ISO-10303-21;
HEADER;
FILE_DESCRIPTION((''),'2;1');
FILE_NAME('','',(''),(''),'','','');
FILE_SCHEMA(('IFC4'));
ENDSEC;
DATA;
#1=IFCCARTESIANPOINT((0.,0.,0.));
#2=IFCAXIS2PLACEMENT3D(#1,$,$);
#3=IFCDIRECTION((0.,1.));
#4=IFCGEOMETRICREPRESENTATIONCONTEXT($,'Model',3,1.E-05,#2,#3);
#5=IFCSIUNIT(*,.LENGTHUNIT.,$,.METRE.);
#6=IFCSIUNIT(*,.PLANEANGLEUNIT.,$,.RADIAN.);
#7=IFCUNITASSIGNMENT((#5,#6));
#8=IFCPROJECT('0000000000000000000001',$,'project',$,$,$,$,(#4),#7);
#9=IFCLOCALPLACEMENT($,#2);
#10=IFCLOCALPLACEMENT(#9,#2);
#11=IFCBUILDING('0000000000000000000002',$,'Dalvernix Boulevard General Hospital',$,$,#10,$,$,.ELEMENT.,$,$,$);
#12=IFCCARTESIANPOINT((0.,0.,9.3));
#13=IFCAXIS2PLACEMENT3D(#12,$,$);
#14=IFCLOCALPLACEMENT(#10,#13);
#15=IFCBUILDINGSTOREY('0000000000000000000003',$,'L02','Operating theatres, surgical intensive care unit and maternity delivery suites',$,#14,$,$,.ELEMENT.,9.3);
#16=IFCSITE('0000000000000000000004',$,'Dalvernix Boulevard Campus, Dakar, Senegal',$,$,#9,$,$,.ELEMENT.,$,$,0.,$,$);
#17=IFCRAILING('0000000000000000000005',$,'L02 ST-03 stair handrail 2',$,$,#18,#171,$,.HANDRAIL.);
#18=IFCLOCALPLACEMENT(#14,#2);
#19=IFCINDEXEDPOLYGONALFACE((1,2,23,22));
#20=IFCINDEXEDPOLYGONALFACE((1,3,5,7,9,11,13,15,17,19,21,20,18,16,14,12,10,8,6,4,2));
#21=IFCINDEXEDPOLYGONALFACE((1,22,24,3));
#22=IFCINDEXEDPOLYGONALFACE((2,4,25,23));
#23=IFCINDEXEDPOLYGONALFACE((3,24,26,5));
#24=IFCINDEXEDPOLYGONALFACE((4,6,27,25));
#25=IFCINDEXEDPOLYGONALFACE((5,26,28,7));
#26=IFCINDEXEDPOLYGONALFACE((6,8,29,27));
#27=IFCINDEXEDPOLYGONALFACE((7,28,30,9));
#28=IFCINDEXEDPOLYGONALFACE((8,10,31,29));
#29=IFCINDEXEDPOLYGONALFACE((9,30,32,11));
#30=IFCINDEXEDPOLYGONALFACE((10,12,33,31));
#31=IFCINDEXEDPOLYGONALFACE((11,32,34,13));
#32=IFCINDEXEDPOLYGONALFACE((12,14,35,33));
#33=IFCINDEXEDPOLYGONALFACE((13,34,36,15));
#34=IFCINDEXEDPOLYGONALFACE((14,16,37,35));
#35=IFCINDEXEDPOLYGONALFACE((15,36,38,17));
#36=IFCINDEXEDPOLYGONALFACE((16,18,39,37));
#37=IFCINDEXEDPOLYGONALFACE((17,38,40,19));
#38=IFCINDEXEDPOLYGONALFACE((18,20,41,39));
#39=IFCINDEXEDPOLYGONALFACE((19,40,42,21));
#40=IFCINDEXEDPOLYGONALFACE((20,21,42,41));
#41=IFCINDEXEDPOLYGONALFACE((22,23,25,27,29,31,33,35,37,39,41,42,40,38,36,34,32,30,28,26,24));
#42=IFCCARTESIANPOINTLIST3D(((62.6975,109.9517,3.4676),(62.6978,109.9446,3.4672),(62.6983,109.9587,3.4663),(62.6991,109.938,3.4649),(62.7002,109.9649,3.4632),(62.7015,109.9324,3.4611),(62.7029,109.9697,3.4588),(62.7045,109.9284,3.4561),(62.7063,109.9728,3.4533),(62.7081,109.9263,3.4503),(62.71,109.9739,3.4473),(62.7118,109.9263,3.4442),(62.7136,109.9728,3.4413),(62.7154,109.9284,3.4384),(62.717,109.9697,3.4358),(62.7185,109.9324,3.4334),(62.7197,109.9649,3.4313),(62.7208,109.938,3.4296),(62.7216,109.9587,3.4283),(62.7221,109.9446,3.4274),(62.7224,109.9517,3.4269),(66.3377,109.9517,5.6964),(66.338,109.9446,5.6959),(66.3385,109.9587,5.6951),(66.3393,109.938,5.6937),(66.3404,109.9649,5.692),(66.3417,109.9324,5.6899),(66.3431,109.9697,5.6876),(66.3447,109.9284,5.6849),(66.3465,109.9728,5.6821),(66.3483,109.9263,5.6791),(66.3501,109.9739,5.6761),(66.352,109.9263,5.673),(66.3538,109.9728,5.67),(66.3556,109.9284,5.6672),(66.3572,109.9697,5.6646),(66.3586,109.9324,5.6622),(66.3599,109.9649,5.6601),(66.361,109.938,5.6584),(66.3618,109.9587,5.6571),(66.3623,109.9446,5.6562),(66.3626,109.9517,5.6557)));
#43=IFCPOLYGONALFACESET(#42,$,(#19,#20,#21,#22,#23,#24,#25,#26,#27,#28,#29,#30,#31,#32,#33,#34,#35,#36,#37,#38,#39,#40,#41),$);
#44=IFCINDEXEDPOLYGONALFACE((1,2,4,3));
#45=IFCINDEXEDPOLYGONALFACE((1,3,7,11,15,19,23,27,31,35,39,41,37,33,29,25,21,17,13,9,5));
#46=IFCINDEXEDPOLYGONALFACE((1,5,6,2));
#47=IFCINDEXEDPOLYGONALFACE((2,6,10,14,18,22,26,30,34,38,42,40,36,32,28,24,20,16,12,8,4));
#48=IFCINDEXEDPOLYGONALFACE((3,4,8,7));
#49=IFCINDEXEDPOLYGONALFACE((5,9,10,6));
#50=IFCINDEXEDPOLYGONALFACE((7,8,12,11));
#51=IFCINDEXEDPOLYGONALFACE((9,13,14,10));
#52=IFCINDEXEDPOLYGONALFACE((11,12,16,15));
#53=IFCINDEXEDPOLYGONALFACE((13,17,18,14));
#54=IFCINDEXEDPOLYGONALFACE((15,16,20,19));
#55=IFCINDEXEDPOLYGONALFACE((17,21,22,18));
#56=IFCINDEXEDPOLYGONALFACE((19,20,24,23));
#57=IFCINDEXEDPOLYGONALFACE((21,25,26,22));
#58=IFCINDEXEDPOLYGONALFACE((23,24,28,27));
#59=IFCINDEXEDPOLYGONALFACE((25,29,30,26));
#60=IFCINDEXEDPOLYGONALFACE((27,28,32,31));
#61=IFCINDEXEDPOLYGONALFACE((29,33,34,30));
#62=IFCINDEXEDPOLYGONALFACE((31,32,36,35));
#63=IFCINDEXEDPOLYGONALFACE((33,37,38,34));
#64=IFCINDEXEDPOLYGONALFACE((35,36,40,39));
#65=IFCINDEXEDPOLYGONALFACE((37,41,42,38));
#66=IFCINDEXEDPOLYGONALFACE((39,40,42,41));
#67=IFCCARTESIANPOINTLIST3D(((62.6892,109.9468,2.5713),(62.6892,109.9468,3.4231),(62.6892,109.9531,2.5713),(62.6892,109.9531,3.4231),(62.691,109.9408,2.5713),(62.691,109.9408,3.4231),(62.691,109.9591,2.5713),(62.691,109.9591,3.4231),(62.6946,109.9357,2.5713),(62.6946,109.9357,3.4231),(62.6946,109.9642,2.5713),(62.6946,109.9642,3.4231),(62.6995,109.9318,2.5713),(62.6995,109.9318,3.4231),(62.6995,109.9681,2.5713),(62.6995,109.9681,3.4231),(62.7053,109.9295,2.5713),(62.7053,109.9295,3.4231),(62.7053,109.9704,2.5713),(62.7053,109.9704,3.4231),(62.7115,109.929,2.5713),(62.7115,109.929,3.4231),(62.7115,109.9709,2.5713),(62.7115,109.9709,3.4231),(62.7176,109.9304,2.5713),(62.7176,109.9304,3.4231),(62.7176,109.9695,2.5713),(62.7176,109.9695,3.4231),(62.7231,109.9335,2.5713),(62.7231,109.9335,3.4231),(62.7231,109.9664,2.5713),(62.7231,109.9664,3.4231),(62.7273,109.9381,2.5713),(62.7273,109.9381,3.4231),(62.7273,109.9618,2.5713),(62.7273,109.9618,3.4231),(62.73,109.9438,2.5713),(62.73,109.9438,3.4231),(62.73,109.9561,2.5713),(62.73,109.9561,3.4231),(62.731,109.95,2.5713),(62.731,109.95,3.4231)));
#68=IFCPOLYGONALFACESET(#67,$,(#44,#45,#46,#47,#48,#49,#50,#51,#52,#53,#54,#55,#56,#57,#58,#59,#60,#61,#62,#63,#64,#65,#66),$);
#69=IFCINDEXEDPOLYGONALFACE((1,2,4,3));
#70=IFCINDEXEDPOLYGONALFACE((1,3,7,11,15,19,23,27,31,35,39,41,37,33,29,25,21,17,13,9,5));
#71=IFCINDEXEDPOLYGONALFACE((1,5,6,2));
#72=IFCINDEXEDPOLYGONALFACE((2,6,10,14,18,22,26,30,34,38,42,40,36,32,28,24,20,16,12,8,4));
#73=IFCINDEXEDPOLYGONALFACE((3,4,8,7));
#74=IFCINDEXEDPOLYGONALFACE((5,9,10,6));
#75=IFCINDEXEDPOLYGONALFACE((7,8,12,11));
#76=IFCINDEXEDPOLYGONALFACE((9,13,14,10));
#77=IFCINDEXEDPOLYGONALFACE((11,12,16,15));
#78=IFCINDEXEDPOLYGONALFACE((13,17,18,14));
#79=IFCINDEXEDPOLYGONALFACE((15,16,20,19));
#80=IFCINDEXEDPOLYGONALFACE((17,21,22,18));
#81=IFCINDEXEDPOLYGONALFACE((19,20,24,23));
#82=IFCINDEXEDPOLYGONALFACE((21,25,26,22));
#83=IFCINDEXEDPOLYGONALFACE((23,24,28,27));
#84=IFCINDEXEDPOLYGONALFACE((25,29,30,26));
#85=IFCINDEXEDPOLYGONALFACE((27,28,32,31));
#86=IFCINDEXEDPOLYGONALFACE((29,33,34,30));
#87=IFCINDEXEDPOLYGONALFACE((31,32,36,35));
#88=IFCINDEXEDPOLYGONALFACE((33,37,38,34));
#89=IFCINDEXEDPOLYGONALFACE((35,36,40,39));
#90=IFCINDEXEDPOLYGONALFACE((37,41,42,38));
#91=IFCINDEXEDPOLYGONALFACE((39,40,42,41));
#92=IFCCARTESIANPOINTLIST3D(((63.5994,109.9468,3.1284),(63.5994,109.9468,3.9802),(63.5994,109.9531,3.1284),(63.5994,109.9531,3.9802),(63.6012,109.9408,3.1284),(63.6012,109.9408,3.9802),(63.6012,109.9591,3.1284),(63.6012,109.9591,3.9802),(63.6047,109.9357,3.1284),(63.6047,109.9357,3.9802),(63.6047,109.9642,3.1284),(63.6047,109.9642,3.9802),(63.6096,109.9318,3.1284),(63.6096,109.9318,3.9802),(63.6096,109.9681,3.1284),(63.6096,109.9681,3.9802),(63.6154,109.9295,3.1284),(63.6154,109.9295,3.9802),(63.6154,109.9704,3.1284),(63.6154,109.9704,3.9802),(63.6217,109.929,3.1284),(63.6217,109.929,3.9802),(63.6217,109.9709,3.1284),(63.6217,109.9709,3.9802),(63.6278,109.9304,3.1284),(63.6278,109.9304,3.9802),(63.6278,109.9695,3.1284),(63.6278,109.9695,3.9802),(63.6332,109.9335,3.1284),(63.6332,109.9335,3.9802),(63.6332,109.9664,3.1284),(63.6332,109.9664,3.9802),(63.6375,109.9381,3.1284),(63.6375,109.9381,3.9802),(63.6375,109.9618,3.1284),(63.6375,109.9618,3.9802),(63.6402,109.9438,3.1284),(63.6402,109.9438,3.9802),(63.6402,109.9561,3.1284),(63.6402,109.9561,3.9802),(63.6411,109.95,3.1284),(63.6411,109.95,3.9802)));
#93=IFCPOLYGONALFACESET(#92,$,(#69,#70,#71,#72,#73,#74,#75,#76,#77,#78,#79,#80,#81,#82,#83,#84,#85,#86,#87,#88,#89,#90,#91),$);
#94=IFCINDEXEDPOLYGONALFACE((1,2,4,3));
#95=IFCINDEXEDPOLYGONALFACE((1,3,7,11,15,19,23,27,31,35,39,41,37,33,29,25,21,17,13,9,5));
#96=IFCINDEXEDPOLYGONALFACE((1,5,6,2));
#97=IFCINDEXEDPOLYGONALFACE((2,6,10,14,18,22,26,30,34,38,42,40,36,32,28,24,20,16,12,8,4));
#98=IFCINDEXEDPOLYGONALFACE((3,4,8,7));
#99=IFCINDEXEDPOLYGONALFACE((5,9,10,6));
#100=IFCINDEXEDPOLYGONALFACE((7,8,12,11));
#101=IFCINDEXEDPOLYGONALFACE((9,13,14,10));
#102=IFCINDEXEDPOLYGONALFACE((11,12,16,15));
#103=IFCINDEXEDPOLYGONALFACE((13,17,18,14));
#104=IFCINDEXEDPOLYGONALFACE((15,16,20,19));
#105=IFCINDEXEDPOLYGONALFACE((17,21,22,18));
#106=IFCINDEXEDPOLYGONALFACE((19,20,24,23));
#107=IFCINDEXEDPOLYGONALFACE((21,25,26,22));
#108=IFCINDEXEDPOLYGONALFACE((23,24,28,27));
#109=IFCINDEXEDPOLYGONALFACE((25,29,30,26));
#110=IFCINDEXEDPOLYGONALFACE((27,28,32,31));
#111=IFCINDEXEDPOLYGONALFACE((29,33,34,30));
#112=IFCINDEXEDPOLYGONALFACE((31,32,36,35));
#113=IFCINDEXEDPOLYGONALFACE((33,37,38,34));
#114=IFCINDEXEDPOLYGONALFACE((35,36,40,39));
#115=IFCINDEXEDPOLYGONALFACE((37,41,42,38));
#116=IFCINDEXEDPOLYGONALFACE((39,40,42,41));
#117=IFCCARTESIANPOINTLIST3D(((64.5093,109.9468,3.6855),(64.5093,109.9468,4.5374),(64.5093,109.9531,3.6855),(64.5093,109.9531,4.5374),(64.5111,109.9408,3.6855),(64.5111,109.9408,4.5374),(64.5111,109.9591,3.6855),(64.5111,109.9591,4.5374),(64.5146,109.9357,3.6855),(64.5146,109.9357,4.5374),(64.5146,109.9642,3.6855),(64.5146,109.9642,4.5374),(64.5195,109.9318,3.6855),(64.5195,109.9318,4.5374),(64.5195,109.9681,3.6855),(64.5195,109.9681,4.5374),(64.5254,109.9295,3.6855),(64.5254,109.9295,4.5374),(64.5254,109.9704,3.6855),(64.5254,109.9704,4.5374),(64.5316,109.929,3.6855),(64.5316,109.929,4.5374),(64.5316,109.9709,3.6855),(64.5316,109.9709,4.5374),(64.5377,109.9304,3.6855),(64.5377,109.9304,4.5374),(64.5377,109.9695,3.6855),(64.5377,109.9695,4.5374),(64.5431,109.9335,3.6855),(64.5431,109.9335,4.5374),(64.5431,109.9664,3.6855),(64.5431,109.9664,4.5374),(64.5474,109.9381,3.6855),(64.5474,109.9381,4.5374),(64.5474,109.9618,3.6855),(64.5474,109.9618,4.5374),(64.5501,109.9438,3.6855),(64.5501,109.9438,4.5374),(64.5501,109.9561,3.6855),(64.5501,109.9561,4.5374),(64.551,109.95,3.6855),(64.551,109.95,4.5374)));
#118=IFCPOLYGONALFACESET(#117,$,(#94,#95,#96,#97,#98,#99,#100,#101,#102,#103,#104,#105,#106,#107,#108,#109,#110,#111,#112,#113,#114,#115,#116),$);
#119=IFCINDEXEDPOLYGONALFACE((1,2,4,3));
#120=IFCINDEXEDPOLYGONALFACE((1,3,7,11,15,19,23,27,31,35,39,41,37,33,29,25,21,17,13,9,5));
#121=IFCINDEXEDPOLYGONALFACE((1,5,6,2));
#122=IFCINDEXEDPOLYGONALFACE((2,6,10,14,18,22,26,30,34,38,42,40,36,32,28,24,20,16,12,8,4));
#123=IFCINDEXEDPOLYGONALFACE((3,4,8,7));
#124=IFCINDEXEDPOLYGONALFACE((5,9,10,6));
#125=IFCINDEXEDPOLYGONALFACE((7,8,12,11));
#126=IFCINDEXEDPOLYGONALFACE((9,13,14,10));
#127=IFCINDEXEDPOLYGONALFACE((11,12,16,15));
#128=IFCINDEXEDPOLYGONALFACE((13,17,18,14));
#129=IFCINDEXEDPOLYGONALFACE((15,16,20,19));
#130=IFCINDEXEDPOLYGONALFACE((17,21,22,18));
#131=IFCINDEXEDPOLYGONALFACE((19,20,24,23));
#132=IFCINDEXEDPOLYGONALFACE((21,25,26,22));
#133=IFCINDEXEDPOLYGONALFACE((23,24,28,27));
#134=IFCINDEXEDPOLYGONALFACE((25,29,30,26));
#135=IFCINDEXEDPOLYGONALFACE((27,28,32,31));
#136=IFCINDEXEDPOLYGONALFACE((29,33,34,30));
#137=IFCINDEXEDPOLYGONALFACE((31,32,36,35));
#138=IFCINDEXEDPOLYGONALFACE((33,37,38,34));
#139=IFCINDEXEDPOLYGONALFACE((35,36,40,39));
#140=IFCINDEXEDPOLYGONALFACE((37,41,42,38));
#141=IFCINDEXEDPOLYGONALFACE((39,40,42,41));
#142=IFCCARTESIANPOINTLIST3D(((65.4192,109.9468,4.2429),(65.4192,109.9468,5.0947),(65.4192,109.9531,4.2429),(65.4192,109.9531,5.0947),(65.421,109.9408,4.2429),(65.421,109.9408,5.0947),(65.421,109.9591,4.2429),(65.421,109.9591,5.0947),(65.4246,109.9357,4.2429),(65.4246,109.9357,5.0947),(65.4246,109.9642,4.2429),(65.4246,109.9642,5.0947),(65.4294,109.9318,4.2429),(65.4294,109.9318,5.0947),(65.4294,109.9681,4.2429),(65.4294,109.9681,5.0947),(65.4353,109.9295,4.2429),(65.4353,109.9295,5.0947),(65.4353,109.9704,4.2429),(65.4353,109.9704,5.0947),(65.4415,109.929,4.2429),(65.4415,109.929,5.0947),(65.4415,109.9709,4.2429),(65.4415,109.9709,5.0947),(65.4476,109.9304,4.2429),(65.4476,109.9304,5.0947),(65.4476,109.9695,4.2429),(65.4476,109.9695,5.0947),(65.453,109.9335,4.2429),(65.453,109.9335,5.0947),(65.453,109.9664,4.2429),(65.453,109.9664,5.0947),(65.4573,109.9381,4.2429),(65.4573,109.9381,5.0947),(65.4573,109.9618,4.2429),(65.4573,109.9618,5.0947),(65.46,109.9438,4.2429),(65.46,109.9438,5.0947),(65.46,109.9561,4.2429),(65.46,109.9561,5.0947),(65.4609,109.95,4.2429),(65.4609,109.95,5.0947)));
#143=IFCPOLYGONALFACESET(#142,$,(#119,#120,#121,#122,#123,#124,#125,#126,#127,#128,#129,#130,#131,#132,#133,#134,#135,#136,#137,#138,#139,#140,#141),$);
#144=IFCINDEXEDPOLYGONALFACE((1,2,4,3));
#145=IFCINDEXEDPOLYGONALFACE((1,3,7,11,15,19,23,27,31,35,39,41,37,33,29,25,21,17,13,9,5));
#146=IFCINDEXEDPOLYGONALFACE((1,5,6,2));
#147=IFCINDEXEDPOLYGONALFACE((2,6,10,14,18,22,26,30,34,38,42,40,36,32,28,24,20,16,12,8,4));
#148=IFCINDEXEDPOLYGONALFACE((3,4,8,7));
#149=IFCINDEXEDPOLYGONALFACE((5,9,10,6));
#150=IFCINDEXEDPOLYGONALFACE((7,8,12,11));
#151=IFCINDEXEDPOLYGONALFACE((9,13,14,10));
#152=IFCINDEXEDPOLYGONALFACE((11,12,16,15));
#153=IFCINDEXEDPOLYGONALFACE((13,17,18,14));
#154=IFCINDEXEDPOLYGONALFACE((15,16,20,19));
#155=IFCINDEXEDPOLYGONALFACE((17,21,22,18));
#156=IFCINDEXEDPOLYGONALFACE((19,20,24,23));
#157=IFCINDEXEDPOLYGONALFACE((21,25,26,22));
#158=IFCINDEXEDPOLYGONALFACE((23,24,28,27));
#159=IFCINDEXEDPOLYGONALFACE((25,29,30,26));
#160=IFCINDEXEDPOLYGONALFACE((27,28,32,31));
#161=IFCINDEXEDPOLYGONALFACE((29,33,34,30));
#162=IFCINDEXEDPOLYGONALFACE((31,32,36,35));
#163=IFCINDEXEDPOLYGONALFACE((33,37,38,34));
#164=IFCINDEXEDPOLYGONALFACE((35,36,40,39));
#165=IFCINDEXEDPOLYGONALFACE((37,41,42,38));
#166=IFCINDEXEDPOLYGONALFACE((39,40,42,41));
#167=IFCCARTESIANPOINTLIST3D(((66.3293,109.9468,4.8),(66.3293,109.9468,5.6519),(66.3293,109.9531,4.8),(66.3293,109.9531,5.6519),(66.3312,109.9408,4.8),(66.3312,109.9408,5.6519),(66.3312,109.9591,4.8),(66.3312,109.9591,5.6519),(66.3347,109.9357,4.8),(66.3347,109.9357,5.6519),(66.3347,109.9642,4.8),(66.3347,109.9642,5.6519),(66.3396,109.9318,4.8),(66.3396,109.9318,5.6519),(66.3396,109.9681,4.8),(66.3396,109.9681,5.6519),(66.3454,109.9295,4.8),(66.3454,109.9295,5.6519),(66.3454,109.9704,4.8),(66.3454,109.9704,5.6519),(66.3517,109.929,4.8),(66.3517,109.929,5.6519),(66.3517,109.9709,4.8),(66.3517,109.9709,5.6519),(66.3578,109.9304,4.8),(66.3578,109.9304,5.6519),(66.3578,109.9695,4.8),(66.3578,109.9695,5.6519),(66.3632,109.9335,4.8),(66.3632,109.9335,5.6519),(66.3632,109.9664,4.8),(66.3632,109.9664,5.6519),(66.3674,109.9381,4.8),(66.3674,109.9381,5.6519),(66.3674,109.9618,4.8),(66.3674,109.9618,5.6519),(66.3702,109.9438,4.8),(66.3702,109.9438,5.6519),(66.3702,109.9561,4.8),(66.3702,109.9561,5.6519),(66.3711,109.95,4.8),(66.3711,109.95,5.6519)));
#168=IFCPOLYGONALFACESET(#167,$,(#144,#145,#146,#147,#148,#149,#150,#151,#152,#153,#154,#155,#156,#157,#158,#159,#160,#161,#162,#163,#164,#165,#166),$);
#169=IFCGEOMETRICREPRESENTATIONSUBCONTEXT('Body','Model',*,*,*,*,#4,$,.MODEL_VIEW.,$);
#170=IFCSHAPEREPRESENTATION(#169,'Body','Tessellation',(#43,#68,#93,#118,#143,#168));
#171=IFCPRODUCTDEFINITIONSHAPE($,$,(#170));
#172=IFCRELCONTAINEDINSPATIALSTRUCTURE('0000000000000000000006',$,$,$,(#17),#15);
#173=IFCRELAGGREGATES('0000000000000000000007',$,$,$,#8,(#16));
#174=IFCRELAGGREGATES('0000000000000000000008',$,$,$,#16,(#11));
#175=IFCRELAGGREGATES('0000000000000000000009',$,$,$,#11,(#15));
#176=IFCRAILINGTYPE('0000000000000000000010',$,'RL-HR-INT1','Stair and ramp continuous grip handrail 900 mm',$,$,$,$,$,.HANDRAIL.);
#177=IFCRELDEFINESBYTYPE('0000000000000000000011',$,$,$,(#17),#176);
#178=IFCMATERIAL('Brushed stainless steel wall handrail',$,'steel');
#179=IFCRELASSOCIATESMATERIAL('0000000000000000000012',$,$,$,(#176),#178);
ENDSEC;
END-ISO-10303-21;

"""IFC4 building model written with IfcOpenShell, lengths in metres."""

from ifc_helpers import new_model, si_unit, direction, frame, origin, origin_2d, place, context, subcontext, project, spatial, circle, extrude, material, type_object, element, save


model = new_model("IFC4")

# Units and contexts
model_context = context("Model", 3, precision=1e-05, world=origin(), true_north=direction((0.0, 1.0)))
body_context = subcontext(model_context, "Body", "Model", "MODEL_VIEW")
ifc_project = project(units=[si_unit("LENGTHUNIT", "METRE"), si_unit("PLANEANGLEUNIT", "RADIAN")], contexts=[model_context])

# Site, building, storey
site_placement = place(None, origin())
site = spatial("IfcSite", under=ifc_project, at=site_placement, Name="Dalvernix Boulevard Campus, Dakar, Senegal", CompositionType="ELEMENT", RefElevation=0.0)
building_placement = place(site_placement, origin())
building = spatial("IfcBuilding", under=site, at=building_placement, Name="Dalvernix Boulevard General Hospital", CompositionType="ELEMENT")
storey_placement = place(building_placement, frame((0.0, 0.0, 9.3)))
storey = spatial("IfcBuildingStorey", under=building, at=storey_placement, Name="L02", Description="Operating theatres, surgical intensive care unit and maternity delivery suites", CompositionType="ELEMENT", Elevation=9.3)

# Railing
ifc_material_1 = material(Name="Brushed stainless steel wall handrail", Category="steel")
railing_type_1 = type_object("IfcRailingType", Name="RL-HR-INT1", Description="Stair and ramp continuous grip handrail 900 mm", PredefinedType="HANDRAIL", material=ifc_material_1)
railing_1_placement = place(storey_placement, frame((62.71, 109.95, 2.5713)))
element("IfcRailing", 1, at=railing_1_placement, inside=storey, type_object=railing_type_1, Name="L02 ST-03 stair handrail 2", PredefinedType="HANDRAIL", context=body_context, shape_type="SweptSolid", body=[
    extrude(circle(Radius=0.0239, at=origin_2d()), frame((0.0, 0.0, 0.876), z_axis=(0.85284, 0.0, 0.522172), x_axis=(0.0, 1.0, 0.0)), (0.0, 0.0, 1.0), 4.2683),
    extrude(circle(Radius=0.021, at=origin_2d()), origin(), (0.0, 0.0, 1.0), 0.8518),
    extrude(circle(Radius=0.021, at=origin_2d()), frame((0.9102, 0.0, 0.5571)), (0.0, 0.0, 1.0), 0.8518),
    extrude(circle(Radius=0.021, at=origin_2d()), frame((1.8201, 0.0, 1.1143)), (0.0, 0.0, 1.0), 0.8518),
    extrude(circle(Radius=0.021, at=origin_2d()), frame((2.73, 0.0, 1.6716)), (0.0, 0.0, 1.0), 0.8518),
    extrude(circle(Radius=0.021, at=origin_2d()), frame((3.6401, 0.0, 2.2288)), (0.0, 0.0, 1.0), 0.8518),
])

save(model, "model.ifc")
